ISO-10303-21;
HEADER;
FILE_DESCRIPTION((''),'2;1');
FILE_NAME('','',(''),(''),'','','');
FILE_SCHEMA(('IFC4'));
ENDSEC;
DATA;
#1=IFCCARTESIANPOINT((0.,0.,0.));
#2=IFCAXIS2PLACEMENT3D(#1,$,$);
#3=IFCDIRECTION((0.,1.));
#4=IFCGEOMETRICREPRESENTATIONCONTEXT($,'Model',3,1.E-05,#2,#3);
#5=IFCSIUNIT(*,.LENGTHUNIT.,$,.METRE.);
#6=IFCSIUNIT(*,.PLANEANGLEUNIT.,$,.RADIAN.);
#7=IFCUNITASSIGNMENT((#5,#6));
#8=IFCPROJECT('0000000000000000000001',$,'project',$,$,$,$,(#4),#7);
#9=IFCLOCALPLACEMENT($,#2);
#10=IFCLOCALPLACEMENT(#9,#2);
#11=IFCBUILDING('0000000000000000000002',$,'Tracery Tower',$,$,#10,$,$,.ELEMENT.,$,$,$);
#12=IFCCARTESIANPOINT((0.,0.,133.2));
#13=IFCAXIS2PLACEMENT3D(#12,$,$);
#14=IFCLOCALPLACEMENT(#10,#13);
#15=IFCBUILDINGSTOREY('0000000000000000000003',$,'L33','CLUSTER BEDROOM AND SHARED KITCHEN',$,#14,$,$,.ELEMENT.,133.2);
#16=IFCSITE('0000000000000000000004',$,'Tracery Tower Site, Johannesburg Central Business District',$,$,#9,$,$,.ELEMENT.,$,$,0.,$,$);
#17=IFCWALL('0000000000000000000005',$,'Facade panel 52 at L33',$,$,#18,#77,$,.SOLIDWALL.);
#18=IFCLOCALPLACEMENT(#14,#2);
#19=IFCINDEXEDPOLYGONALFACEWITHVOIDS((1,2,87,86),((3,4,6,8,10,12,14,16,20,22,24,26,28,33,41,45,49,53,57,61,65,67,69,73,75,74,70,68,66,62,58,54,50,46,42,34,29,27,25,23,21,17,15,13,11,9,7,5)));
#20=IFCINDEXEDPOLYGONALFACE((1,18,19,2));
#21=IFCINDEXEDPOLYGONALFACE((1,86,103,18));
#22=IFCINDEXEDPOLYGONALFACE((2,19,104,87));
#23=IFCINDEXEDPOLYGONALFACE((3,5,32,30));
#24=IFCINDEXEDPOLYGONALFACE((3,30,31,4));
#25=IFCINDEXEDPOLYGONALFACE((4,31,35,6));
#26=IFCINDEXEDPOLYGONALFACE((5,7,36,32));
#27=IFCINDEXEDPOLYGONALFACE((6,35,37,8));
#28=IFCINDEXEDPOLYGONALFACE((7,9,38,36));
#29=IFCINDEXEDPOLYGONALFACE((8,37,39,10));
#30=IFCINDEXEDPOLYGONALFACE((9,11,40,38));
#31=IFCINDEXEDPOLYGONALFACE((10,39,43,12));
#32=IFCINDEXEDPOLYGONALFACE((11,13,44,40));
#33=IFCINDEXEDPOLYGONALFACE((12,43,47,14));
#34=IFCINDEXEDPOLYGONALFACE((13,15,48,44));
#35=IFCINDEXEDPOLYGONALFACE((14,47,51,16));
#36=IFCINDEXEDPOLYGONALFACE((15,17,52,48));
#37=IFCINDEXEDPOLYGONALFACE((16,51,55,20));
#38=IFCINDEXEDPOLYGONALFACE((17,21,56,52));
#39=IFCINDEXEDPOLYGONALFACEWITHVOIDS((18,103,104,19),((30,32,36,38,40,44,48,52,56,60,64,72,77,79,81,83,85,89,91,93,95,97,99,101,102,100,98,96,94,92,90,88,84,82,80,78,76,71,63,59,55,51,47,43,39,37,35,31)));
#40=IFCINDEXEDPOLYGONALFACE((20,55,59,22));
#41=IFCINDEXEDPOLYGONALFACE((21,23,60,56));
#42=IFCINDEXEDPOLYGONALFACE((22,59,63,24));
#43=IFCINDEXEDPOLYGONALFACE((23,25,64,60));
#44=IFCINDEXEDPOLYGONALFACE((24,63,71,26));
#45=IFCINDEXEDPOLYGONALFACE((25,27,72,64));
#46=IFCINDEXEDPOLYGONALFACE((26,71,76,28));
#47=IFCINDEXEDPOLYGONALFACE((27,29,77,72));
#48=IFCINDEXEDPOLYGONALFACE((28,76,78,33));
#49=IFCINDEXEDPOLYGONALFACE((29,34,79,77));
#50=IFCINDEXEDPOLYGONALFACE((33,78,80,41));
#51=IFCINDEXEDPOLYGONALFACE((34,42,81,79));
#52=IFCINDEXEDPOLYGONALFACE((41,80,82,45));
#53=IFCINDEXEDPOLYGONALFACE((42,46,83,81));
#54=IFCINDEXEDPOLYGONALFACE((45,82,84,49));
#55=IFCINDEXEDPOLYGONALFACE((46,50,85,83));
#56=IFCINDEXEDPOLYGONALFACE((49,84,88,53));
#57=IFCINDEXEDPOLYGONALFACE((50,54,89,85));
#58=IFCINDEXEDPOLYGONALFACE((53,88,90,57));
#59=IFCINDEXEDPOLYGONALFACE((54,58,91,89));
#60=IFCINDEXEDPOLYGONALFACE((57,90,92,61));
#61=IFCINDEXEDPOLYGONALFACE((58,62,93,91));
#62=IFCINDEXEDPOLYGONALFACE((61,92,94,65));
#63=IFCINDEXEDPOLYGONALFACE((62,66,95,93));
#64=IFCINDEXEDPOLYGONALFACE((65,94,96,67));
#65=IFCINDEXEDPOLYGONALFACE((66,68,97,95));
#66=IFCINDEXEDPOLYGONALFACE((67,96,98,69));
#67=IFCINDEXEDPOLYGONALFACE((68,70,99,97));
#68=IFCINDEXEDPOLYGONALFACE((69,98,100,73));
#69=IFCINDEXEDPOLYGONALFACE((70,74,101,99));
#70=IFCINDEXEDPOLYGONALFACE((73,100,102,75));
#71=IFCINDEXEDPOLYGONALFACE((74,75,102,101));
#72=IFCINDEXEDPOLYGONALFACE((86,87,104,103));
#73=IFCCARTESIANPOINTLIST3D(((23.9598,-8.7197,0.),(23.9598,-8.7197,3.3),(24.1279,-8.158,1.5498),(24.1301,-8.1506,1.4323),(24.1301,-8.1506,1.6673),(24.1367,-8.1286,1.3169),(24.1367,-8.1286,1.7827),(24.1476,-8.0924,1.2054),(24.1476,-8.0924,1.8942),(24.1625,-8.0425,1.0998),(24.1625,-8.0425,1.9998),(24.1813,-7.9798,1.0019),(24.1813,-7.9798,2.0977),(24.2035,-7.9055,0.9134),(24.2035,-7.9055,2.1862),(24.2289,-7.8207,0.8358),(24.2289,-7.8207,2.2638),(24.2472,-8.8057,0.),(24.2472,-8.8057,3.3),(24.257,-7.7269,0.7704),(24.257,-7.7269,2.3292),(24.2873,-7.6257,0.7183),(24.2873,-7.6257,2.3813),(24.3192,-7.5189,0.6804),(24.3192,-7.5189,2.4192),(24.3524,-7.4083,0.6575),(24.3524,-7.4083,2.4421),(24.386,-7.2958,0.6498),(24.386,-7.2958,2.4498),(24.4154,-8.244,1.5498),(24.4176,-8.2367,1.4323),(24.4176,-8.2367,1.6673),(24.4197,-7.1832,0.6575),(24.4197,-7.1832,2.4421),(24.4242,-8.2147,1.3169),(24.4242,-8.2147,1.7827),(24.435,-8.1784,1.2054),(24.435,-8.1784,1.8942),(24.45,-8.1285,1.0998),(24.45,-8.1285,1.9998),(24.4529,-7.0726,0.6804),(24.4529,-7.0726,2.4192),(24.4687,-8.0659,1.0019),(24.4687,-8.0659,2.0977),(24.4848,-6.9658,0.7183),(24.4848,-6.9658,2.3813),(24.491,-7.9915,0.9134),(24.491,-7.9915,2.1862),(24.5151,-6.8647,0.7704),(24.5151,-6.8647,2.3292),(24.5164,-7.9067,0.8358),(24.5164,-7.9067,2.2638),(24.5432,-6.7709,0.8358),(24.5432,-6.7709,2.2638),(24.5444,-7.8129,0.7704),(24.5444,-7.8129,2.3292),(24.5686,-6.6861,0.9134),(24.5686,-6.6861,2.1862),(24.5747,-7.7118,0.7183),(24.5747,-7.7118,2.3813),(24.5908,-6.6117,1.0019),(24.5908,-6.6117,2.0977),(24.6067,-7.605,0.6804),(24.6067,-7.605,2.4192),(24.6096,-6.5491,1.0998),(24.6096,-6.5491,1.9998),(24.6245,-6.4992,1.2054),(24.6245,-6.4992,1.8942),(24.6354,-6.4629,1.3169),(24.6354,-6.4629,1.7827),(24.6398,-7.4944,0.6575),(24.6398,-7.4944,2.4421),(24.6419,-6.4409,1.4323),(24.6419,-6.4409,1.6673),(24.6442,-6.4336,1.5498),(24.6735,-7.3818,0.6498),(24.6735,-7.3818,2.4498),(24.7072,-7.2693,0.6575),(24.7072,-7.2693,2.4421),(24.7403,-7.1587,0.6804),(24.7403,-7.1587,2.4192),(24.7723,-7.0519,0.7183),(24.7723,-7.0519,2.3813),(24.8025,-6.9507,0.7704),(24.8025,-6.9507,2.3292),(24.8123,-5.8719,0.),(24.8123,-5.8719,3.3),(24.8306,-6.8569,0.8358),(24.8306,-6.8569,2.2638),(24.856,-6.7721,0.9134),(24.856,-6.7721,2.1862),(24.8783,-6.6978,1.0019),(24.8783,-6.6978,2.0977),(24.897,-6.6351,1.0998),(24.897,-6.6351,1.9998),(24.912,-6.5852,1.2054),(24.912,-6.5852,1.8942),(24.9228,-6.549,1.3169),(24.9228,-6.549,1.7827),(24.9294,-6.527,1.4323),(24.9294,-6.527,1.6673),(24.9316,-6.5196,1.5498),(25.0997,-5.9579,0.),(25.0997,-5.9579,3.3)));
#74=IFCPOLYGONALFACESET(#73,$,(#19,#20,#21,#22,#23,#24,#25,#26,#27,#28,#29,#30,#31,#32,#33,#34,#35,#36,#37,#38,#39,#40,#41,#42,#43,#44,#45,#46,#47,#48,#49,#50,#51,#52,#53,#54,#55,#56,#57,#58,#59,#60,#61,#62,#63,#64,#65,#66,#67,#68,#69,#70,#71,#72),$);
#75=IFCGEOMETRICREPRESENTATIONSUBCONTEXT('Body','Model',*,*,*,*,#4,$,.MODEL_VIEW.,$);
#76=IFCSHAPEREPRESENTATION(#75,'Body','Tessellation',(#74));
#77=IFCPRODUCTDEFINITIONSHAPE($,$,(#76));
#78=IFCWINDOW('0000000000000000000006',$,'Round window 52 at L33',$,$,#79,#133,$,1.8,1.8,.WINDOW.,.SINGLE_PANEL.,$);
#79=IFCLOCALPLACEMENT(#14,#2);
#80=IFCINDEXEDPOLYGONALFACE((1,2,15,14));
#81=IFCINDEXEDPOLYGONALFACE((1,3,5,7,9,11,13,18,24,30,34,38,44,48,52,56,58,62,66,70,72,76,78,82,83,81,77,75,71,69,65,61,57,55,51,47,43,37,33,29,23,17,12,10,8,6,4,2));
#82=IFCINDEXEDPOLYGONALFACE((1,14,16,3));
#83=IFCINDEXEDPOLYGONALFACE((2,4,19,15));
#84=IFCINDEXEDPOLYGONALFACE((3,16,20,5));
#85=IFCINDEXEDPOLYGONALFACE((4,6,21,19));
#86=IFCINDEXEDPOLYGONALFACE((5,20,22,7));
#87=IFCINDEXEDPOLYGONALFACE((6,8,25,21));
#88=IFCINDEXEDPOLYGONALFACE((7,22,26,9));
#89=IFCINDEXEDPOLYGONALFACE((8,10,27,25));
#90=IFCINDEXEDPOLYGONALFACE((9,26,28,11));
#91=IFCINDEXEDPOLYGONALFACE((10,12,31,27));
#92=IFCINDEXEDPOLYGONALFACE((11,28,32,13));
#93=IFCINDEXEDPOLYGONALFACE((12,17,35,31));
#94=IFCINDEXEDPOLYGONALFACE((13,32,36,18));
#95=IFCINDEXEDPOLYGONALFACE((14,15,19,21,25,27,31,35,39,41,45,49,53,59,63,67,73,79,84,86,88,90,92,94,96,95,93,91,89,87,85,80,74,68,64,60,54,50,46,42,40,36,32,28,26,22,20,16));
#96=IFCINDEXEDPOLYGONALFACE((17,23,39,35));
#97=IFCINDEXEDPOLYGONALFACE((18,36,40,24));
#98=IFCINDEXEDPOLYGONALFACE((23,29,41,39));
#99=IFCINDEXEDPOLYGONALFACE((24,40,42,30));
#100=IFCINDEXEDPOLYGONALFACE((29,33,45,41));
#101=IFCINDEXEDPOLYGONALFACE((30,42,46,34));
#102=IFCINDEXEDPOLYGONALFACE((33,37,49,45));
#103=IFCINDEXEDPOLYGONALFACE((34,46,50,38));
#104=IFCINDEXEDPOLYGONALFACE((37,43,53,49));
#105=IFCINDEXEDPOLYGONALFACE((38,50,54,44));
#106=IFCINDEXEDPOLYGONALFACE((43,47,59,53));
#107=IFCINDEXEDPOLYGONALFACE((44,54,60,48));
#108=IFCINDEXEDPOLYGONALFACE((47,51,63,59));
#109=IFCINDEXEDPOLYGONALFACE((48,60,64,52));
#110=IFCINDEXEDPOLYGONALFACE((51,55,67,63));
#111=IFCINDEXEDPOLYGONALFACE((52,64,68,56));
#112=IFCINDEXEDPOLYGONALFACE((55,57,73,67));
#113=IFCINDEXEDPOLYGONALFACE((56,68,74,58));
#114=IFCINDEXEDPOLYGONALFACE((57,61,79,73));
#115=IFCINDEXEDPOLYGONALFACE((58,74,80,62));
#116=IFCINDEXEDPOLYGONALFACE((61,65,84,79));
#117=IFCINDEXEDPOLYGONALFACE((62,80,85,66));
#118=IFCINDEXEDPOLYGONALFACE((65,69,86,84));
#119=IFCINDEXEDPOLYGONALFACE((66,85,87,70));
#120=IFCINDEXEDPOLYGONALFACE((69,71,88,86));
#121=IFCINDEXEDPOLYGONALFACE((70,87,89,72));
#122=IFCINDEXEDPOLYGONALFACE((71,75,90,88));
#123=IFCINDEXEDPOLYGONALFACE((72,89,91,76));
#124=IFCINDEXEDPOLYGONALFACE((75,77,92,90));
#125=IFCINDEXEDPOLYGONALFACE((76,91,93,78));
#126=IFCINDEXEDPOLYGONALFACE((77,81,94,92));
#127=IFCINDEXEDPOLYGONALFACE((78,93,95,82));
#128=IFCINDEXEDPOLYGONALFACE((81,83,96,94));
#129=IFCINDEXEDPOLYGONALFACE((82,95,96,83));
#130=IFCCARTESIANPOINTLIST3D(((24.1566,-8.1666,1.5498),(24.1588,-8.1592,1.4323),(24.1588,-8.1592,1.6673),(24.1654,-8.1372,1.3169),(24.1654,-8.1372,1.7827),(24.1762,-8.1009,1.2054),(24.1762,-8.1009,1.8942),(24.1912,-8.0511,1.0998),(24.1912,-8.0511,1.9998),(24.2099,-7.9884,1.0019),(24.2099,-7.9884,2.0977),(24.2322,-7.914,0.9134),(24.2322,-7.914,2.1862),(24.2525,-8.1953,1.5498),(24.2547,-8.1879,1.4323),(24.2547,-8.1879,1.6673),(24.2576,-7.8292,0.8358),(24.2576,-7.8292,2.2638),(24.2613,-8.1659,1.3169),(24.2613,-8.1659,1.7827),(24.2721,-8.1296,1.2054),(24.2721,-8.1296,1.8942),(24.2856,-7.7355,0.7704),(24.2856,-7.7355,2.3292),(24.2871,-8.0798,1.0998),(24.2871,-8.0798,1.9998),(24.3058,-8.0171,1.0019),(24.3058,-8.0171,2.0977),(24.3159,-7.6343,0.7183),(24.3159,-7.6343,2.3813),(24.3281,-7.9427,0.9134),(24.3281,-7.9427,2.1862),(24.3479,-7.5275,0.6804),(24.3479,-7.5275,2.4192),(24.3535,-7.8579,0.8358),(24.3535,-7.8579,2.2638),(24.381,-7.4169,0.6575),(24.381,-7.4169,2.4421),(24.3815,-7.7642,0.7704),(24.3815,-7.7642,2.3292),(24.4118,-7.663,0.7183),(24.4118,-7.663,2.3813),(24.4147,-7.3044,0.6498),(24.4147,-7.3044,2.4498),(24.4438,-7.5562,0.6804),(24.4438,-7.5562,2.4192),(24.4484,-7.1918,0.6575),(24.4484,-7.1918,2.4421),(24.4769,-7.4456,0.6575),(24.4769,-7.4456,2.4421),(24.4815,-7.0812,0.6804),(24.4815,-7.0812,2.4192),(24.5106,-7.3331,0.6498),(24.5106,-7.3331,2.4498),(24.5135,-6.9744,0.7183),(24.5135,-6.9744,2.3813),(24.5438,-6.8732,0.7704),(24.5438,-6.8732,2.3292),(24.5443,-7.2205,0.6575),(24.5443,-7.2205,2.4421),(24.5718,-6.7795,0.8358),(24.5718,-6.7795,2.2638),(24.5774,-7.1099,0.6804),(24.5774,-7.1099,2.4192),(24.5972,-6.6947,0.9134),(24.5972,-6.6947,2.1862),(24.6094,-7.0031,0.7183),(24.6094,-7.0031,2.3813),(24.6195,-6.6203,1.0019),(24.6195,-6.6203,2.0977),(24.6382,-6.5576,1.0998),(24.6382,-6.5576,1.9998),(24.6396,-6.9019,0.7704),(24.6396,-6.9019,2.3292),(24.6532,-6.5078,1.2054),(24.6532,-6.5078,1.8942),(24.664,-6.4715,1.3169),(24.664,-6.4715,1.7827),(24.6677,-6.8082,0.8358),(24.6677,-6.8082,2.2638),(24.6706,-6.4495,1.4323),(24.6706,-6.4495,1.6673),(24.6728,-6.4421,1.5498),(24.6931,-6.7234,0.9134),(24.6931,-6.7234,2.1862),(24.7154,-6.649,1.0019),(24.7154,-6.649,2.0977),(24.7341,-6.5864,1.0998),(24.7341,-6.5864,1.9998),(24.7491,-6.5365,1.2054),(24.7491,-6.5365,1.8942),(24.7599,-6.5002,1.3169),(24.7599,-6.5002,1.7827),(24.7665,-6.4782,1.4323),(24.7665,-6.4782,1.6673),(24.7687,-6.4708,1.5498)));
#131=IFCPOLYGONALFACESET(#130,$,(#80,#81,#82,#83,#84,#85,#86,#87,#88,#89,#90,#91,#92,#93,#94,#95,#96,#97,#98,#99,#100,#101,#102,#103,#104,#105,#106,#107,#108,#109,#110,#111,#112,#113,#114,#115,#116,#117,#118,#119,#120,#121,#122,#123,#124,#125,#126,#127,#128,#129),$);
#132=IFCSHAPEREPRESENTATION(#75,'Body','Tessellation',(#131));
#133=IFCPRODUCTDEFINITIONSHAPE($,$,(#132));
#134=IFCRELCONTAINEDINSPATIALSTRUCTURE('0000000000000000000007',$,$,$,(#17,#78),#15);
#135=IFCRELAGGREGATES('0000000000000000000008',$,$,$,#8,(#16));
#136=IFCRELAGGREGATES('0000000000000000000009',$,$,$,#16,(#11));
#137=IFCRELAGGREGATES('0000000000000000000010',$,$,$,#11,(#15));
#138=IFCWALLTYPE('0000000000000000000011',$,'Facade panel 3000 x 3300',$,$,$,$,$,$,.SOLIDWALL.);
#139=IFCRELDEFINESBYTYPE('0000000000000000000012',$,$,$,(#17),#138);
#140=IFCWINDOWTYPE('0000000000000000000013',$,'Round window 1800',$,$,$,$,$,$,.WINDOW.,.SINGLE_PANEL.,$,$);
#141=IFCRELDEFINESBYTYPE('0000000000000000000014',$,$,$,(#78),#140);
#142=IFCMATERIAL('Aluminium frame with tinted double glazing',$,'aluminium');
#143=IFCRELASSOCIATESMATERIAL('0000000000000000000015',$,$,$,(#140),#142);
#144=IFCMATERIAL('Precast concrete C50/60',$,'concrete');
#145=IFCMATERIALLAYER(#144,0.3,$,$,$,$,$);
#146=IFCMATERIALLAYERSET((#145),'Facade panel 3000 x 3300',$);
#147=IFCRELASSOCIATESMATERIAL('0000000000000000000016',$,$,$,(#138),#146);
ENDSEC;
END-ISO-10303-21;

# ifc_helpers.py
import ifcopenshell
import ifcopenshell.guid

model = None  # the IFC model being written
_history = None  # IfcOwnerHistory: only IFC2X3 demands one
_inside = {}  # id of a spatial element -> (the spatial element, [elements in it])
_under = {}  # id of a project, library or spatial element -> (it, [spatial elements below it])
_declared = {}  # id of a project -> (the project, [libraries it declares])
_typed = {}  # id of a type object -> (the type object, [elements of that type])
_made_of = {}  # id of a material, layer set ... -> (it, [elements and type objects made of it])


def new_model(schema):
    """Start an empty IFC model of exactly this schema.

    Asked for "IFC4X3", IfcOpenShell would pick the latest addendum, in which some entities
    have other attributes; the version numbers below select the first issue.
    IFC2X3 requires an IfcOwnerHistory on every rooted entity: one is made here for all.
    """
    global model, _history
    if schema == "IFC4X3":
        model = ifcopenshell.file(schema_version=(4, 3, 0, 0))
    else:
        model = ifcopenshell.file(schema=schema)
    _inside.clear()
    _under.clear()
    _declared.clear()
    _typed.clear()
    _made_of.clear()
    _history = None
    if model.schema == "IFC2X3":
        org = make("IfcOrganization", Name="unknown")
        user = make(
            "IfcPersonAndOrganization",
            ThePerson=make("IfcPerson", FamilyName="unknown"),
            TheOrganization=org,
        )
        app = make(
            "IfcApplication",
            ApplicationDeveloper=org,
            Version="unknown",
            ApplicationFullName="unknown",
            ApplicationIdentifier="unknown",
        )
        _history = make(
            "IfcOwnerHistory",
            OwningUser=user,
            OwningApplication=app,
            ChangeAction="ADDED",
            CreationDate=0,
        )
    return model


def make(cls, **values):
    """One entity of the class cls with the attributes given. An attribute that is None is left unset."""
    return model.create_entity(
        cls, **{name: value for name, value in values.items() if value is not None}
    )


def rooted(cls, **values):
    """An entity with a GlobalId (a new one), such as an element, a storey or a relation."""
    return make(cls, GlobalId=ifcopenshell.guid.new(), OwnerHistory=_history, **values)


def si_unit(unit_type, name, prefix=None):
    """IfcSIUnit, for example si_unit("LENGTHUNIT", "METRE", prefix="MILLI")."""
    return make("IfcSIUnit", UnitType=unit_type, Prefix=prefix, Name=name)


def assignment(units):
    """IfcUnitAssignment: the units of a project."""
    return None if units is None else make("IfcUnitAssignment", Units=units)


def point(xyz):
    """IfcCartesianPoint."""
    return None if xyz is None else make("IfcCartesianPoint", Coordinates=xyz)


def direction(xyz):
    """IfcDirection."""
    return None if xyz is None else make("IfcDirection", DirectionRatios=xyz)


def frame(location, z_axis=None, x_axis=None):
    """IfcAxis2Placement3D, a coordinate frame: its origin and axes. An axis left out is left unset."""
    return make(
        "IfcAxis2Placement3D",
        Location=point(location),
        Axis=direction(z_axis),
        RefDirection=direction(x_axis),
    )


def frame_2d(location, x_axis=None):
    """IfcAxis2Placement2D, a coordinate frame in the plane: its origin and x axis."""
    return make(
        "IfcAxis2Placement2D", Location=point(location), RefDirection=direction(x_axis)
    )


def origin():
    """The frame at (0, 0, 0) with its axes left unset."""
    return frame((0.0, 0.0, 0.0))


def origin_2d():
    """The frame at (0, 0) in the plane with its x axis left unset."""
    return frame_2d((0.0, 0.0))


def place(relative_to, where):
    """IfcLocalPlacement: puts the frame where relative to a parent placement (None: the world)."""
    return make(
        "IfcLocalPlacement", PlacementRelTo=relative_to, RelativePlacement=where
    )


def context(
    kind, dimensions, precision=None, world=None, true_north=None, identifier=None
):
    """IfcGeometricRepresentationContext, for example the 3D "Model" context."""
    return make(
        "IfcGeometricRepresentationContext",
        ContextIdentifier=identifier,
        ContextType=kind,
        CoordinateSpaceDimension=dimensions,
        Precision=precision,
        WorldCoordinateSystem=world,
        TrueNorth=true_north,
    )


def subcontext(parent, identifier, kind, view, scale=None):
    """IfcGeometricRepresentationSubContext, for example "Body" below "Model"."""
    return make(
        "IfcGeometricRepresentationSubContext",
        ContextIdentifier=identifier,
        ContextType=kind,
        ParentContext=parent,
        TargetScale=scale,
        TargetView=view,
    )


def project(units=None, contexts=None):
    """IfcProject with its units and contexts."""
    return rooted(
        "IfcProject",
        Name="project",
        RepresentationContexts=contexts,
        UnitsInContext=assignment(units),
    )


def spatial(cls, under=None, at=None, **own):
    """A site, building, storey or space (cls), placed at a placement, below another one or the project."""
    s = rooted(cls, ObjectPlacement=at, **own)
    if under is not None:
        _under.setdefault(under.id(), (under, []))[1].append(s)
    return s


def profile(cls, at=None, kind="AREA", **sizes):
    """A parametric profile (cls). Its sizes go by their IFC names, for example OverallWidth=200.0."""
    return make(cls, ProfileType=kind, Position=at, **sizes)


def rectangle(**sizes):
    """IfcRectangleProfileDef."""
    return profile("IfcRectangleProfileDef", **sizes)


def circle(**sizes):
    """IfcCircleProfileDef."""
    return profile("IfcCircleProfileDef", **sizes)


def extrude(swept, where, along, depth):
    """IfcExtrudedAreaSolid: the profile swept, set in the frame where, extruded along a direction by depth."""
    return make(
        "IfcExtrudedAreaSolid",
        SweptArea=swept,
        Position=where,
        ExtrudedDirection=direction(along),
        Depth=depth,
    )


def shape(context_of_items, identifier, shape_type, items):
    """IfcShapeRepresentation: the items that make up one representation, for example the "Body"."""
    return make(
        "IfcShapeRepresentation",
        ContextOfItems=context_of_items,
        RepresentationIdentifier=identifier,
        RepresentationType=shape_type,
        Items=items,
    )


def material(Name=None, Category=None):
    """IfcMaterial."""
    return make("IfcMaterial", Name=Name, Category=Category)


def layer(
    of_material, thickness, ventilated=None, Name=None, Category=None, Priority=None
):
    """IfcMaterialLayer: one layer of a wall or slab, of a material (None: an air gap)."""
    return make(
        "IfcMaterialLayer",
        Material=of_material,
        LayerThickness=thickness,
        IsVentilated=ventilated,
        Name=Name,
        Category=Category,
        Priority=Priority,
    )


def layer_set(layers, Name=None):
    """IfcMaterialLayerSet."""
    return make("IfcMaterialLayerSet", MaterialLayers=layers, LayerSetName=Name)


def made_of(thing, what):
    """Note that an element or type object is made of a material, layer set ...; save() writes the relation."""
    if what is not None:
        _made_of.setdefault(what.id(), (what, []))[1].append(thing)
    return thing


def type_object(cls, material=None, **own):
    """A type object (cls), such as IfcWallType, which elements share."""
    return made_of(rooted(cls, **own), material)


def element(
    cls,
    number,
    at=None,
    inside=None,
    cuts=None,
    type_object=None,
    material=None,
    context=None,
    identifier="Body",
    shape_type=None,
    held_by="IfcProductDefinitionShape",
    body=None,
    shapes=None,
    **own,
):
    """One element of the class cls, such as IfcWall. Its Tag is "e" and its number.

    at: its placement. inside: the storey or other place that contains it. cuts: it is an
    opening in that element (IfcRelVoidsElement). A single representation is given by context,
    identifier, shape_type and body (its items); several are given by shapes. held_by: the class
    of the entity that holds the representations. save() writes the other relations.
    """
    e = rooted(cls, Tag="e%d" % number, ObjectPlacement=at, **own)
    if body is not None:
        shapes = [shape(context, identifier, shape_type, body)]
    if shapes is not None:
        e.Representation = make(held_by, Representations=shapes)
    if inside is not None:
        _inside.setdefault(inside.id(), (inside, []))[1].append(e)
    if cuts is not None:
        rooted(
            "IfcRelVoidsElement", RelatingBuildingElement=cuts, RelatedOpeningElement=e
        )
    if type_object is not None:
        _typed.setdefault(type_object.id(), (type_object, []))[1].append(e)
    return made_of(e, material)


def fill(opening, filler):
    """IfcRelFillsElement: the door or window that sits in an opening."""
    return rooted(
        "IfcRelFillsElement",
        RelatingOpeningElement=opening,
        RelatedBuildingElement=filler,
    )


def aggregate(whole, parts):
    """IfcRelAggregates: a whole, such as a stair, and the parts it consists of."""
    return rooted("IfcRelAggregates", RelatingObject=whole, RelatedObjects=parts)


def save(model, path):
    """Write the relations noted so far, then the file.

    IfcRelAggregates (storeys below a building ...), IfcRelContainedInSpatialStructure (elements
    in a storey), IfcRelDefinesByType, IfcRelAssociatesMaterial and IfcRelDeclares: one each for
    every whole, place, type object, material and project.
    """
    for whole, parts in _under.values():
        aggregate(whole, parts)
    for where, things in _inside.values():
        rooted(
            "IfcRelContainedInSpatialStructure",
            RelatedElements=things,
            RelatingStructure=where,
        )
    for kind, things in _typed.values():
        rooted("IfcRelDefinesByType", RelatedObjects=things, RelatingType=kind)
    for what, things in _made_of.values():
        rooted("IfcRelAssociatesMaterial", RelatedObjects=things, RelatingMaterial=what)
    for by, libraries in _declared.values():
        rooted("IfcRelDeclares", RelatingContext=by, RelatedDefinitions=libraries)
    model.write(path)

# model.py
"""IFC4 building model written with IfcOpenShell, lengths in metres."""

from ifc_helpers import new_model, si_unit, direction, frame, frame_2d, origin, origin_2d, place, context, subcontext, project, spatial, rectangle, circle, extrude, material, layer, layer_set, type_object, element, fill, save


model = new_model("IFC4")

# Units and contexts
model_context = context("Model", 3, precision=1e-05, world=origin(), true_north=direction((0.0, 1.0)))
body_context = subcontext(model_context, "Body", "Model", "MODEL_VIEW")
ifc_project = project(units=[si_unit("LENGTHUNIT", "METRE"), si_unit("PLANEANGLEUNIT", "RADIAN")], contexts=[model_context])

# Site, building, storey
site_placement = place(None, origin())
site = spatial("IfcSite", under=ifc_project, at=site_placement, Name="Tracery Tower Site, Johannesburg Central Business District", CompositionType="ELEMENT", RefElevation=0.0)
building_placement = place(site_placement, origin())
building = spatial("IfcBuilding", under=site, at=building_placement, Name="Tracery Tower", CompositionType="ELEMENT")
storey_placement = place(building_placement, frame((0.0, 0.0, 133.2)))
storey = spatial("IfcBuildingStorey", under=building, at=storey_placement, Name="L33", Description="CLUSTER BEDROOM AND SHARED KITCHEN", CompositionType="ELEMENT", Elevation=133.2)

# Wall, opening, window
ifc_material_1 = material(Name="Aluminium frame with tinted double glazing", Category="aluminium")
window_type = type_object("IfcWindowType", Name="Round window 1800", PartitioningType="SINGLE_PANEL", PredefinedType="WINDOW", material=ifc_material_1)
ifc_material_2 = material(Name="Precast concrete C50/60", Category="concrete")
ifc_layer_1 = layer(ifc_material_2, 0.3)
ifc_layer_set_1 = layer_set([ifc_layer_1], Name="Facade panel 3000 x 3300")
wall_type_1 = type_object("IfcWallType", Name="Facade panel 3000 x 3300", PredefinedType="SOLIDWALL", material=ifc_layer_set_1)
wall_1_placement = place(storey_placement, frame((24.1035, -8.7627, 0.0), z_axis=(0.0, 0.0, 1.0), x_axis=(0.286783, 0.957996, 0.0)))
wall_1 = element("IfcWall", 1, at=wall_1_placement, inside=storey, type_object=wall_type_1, Name="Facade panel 52 at L33", PredefinedType="SOLIDWALL", context=body_context, shape_type="SweptSolid", body=[
    extrude(rectangle(XDim=2.9727, YDim=0.3, at=frame_2d((1.4863, 0.0))), origin(), (0.0, 0.0, 1.0), 3.3),
])
opening_1_placement = place(wall_1_placement, frame((1.4863, 0.0, 1.5498)))
opening_1 = element("IfcOpeningElement", 2, at=opening_1_placement, cuts=wall_1, PredefinedType="OPENING", context=body_context, shape_type="SweptSolid", body=[
    extrude(circle(Radius=0.9, at=origin_2d()), frame((0.0, 0.1599, 0.0), z_axis=(0.0, -1.0, 0.0), x_axis=(1.0, 0.0, 0.0)), (0.0, 0.0, 1.0), 0.3201),
])
window_1_placement = place(opening_1_placement, origin())
window_1 = element("IfcWindow", 3, at=window_1_placement, inside=storey, type_object=window_type, Name="Round window 52 at L33", OverallHeight=1.8, OverallWidth=1.8, PartitioningType="SINGLE_PANEL", PredefinedType="WINDOW", context=body_context, shape_type="SweptSolid", body=[
    extrude(circle(Radius=0.9, at=origin_2d()), frame((0.0, 0.1201, 0.0), z_axis=(0.0, -1.0, 0.0), x_axis=(1.0, 0.0, 0.0)), (0.0, 0.0, 1.0), 0.1001),
])
fill(opening_1, window_1)

save(model, "model.ifc")
